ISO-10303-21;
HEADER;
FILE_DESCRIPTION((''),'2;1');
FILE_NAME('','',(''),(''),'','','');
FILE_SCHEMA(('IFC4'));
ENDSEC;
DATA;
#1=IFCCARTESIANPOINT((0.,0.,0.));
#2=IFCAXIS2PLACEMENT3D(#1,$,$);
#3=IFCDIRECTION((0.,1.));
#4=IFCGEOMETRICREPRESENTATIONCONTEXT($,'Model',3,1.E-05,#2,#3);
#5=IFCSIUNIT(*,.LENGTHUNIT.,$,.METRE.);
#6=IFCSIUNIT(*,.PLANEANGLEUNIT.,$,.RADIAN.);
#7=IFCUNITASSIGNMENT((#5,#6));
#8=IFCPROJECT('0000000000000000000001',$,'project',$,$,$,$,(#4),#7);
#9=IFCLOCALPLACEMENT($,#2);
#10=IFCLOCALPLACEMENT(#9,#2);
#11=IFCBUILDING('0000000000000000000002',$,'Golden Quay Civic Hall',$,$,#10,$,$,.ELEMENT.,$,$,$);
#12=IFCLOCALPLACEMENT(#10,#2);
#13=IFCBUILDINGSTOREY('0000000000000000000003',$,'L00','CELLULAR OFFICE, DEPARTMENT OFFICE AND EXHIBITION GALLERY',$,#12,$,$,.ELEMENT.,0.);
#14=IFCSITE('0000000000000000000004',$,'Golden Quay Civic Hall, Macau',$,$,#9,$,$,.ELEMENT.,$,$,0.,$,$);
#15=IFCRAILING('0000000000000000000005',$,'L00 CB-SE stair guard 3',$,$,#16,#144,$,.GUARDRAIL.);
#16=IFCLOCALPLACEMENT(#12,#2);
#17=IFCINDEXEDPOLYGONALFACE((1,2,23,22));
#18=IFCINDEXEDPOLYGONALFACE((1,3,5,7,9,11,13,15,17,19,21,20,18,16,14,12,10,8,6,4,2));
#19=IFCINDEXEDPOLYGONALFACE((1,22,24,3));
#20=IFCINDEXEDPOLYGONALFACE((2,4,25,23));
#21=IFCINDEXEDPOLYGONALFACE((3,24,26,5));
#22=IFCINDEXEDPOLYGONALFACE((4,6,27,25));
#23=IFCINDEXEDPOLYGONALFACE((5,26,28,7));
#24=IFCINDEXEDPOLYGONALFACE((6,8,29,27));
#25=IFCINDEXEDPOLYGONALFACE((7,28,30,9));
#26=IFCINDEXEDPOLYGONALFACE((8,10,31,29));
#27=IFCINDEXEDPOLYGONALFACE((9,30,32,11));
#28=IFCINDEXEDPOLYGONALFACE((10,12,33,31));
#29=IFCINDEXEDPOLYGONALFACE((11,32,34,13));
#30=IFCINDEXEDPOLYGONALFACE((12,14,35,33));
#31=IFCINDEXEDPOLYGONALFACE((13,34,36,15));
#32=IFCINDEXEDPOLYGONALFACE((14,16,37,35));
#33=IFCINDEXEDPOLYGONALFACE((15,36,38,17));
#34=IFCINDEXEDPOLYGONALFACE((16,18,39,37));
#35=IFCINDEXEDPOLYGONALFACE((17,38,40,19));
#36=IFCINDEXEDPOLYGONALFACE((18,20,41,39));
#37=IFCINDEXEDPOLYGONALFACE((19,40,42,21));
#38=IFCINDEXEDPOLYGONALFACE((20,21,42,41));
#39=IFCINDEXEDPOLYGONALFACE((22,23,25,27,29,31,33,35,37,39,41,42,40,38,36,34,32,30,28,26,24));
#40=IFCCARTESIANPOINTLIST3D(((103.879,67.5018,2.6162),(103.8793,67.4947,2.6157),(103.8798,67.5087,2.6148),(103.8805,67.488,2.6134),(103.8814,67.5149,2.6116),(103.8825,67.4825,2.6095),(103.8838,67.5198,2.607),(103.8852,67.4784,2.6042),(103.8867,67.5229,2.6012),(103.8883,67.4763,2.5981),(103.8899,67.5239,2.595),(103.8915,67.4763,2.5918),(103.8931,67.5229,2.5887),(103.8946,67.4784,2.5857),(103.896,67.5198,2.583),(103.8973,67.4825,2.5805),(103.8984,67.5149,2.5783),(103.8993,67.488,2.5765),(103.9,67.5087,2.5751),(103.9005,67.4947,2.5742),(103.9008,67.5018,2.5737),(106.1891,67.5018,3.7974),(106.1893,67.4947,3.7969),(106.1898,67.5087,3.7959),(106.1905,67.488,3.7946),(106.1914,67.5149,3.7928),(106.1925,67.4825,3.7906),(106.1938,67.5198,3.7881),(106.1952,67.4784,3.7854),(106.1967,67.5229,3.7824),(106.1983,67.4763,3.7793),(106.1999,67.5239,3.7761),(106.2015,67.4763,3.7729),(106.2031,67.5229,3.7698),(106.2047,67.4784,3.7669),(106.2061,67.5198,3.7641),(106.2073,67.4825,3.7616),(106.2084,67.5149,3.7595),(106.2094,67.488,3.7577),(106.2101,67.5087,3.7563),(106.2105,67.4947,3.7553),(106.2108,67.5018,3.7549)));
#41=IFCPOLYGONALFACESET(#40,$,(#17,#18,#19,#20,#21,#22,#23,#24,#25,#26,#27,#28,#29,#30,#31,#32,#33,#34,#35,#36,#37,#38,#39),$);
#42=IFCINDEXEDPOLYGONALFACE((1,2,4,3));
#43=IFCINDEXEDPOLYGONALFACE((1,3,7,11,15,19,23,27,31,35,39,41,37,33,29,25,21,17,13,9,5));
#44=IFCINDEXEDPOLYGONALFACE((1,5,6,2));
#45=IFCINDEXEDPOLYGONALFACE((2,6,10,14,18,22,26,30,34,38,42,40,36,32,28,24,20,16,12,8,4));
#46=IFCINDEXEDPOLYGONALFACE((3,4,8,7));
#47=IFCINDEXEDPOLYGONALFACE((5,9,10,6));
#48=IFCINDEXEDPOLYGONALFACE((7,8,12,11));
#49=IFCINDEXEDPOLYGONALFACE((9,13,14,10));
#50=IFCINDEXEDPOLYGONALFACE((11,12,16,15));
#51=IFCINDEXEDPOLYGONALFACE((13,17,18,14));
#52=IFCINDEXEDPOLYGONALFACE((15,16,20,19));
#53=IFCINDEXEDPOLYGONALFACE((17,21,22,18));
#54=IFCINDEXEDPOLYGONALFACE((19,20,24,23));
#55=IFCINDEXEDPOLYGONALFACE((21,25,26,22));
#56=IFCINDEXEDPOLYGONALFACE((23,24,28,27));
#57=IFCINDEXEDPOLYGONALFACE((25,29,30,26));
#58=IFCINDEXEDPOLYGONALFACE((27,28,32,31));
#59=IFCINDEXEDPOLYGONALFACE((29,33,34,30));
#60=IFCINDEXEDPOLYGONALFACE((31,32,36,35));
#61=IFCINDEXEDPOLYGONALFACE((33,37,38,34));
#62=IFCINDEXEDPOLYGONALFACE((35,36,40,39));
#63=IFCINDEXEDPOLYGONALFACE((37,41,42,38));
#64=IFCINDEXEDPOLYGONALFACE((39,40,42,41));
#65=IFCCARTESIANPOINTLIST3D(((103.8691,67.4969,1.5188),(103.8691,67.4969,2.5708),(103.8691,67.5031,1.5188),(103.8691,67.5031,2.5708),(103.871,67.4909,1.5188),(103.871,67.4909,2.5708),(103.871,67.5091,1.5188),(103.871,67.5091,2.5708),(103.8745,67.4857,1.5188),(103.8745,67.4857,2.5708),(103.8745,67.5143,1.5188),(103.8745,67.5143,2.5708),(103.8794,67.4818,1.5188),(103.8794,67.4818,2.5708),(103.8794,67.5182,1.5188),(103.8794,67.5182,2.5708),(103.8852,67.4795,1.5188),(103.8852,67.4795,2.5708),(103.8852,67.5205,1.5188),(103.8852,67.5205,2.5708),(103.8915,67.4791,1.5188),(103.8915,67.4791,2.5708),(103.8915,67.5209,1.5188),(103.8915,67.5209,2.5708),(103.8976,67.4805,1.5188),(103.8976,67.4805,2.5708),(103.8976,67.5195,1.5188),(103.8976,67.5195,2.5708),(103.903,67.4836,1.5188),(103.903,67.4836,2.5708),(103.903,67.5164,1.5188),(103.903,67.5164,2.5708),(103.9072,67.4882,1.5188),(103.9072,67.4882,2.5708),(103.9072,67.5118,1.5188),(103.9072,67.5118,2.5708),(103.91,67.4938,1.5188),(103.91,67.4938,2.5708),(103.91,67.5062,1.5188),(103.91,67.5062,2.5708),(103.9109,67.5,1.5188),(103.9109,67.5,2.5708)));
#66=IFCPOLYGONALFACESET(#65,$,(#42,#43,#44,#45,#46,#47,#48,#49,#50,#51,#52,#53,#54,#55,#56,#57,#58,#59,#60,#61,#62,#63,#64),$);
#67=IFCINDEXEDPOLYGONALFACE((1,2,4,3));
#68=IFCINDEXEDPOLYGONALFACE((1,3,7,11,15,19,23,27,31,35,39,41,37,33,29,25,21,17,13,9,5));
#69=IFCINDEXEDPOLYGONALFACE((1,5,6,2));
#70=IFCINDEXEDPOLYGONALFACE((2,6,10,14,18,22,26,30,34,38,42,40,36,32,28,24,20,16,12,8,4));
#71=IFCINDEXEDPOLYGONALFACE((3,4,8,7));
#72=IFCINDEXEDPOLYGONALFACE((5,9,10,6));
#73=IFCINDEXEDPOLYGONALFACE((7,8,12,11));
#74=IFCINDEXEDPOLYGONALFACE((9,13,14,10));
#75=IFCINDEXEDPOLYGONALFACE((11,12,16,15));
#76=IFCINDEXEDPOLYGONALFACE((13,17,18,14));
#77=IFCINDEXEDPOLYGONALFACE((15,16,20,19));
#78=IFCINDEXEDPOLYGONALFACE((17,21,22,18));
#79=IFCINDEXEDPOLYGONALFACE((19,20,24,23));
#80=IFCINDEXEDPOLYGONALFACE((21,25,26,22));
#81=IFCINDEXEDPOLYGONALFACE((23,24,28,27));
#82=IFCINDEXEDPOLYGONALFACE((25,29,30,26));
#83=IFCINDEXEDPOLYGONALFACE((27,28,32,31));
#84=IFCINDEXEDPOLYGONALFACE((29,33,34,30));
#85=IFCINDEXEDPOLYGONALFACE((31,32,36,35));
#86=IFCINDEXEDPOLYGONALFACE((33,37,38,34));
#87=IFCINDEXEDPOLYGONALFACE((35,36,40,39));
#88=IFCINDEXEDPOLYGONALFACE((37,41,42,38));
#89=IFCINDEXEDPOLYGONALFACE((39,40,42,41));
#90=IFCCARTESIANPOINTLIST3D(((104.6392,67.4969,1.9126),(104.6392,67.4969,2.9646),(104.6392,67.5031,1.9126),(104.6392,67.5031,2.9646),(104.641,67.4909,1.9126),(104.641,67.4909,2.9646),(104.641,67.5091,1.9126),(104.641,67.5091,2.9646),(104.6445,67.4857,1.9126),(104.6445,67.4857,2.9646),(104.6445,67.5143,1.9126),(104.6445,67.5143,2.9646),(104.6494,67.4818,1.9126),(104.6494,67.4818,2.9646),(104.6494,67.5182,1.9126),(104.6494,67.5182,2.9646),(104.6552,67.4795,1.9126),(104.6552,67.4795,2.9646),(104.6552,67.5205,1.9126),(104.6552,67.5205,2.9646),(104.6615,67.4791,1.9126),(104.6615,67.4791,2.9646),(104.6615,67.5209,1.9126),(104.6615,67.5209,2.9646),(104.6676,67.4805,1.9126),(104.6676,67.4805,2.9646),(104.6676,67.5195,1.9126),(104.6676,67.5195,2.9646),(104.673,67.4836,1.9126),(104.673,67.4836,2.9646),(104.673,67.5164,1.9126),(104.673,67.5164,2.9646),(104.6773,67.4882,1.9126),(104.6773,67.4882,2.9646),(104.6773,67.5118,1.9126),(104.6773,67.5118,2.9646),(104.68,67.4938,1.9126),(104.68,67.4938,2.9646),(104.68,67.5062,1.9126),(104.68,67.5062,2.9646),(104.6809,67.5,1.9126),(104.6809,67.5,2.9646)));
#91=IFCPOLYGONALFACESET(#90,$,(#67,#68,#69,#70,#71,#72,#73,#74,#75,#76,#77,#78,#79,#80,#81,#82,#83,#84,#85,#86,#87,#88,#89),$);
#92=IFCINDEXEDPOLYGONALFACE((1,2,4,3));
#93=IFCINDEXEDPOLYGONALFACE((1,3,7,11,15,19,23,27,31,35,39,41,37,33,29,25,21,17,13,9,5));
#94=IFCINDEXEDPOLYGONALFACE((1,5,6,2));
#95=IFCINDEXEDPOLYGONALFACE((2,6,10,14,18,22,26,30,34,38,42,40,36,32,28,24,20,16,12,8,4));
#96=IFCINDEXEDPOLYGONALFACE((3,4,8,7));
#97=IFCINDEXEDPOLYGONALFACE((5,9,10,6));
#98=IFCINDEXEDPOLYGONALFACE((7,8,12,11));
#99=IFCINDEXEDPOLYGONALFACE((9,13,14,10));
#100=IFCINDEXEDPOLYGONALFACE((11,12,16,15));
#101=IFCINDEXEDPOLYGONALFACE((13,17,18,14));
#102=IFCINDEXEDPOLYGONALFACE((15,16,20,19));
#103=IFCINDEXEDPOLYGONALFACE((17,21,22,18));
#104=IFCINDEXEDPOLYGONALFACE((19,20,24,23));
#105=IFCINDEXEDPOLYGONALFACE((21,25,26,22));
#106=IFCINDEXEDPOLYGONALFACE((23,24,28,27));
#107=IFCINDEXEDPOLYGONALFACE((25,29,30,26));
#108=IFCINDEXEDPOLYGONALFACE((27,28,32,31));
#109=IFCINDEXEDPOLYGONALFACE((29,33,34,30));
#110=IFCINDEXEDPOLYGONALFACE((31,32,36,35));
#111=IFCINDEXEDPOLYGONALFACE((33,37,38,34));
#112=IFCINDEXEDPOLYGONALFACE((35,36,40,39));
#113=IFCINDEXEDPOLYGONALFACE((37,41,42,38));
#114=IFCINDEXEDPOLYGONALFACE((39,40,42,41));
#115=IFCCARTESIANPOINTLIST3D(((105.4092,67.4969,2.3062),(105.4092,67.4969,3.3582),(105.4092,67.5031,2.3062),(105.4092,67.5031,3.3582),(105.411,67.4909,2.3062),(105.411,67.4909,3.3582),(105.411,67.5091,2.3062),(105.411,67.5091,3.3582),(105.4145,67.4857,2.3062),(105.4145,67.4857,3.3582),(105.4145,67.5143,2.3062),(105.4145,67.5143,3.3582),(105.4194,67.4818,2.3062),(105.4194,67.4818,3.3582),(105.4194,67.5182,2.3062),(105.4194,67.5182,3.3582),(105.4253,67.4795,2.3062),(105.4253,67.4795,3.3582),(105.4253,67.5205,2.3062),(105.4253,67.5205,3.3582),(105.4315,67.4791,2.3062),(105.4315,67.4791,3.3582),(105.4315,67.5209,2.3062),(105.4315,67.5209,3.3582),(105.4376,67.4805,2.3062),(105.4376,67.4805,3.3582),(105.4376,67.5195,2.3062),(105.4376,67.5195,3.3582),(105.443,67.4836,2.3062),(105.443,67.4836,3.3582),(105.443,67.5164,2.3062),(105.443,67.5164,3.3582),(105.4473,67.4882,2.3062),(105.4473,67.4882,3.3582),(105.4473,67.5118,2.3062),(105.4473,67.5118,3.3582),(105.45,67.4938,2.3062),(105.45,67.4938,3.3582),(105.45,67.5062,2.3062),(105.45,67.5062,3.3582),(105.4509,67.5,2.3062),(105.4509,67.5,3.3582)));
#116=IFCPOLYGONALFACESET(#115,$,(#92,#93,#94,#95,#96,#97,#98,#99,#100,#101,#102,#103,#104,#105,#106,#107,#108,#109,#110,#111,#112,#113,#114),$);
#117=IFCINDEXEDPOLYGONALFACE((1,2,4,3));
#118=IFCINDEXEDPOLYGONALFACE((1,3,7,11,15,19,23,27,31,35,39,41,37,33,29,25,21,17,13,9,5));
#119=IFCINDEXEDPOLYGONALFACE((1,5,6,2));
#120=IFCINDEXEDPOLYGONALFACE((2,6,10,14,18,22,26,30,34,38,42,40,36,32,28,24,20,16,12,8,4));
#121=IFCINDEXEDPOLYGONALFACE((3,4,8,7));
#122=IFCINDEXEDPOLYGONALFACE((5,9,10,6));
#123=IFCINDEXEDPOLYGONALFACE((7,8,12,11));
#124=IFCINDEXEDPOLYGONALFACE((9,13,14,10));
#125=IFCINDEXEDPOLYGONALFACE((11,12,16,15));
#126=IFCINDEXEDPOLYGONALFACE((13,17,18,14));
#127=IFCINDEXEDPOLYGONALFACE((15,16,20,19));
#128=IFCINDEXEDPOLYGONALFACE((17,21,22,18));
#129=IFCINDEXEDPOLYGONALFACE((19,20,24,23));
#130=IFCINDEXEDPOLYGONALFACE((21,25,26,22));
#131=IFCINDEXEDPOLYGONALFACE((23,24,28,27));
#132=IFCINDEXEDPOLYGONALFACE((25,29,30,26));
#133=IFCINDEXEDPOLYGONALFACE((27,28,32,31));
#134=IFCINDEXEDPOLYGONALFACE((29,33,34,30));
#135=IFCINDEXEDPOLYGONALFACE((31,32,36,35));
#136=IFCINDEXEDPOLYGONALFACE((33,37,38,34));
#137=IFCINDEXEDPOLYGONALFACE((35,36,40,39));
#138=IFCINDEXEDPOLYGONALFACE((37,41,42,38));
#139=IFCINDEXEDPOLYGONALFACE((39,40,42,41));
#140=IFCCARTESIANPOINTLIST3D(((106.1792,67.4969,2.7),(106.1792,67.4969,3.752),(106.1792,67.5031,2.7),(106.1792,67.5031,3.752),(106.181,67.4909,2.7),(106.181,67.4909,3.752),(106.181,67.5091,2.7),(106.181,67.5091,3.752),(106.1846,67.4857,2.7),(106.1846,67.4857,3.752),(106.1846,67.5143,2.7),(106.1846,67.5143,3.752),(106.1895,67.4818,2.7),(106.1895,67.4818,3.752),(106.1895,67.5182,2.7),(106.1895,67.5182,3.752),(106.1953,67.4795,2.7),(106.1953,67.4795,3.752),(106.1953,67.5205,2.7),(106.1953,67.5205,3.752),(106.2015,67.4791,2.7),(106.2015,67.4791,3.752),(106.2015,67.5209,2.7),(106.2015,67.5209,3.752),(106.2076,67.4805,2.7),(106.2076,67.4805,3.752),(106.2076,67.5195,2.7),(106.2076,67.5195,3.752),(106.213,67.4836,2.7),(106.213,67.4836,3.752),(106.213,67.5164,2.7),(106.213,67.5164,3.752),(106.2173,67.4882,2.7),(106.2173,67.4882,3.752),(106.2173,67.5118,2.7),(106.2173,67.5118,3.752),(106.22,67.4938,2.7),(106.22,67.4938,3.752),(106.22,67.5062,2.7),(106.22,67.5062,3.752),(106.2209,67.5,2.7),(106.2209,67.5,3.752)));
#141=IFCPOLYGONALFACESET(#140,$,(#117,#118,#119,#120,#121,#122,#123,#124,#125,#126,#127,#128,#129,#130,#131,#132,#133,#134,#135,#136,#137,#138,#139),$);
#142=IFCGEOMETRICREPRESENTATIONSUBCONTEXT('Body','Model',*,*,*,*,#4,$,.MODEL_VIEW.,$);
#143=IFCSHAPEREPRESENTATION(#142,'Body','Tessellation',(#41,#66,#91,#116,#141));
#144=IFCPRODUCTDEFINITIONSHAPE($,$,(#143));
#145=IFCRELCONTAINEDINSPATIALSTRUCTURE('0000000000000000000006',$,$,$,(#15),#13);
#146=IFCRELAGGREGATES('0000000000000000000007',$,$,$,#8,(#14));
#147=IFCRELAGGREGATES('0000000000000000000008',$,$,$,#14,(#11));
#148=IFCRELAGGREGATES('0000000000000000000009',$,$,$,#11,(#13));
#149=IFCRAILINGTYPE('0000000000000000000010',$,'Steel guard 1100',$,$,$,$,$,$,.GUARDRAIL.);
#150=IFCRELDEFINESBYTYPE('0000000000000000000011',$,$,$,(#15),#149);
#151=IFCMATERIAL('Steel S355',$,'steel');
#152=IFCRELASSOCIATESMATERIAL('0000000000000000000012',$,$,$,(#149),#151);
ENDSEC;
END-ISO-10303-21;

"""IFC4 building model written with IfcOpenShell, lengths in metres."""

from ifc_helpers import new_model, si_unit, direction, frame, origin, origin_2d, place, context, subcontext, project, spatial, circle, extrude, material, type_object, element, save


model = new_model("IFC4")

# Units and contexts
model_context = context("Model", 3, precision=1e-05, world=origin(), true_north=direction((0.0, 1.0)))
body_context = subcontext(model_context, "Body", "Model", "MODEL_VIEW")
ifc_project = project(units=[si_unit("LENGTHUNIT", "METRE"), si_unit("PLANEANGLEUNIT", "RADIAN")], contexts=[model_context])

# Site, building, storey
site_placement = place(None, origin())
site = spatial("IfcSite", under=ifc_project, at=site_placement, Name="Golden Quay Civic Hall, Macau", CompositionType="ELEMENT", RefElevation=0.0)
building_placement = place(site_placement, origin())
building = spatial("IfcBuilding", under=site, at=building_placement, Name="Golden Quay Civic Hall", CompositionType="ELEMENT")
storey_placement = place(building_placement, origin())
storey = spatial("IfcBuildingStorey", under=building, at=storey_placement, Name="L00", Description="CELLULAR OFFICE, DEPARTMENT OFFICE AND EXHIBITION GALLERY", CompositionType="ELEMENT", Elevation=0.0)

# Railing
ifc_material_1 = material(Name="Steel S355", Category="steel")
railing_type_1 = type_object("IfcRailingType", Name="Steel guard 1100", PredefinedType="GUARDRAIL", material=ifc_material_1)
railing_1_placement = place(storey_placement, frame((103.8899, 67.5, 1.5188)))
element("IfcRailing", 1, at=railing_1_placement, inside=storey, type_object=railing_type_1, Name="L00 CB-SE stair guard 3", PredefinedType="GUARDRAIL", context=body_context, shape_type="SweptSolid", body=[
    extrude(circle(Radius=0.0239, at=origin_2d()), frame((0.0, 0.0, 1.0762), z_axis=(0.890363, 0.0, 0.45525), x_axis=(0.0, 1.0, 0.0)), (0.0, 0.0, 1.0), 2.5945),
    extrude(circle(Radius=0.021, at=origin_2d()), origin(), (0.0, 0.0, 1.0), 1.052),
    extrude(circle(Radius=0.021, at=origin_2d()), frame((0.77, 0.0, 0.3938)), (0.0, 0.0, 1.0), 1.052),
    extrude(circle(Radius=0.021, at=origin_2d()), frame((1.54, 0.0, 0.7874)), (0.0, 0.0, 1.0), 1.052),
    extrude(circle(Radius=0.021, at=origin_2d()), frame((2.3101, 0.0, 1.1812)), (0.0, 0.0, 1.0), 1.052),
])

save(model, "model.ifc")
